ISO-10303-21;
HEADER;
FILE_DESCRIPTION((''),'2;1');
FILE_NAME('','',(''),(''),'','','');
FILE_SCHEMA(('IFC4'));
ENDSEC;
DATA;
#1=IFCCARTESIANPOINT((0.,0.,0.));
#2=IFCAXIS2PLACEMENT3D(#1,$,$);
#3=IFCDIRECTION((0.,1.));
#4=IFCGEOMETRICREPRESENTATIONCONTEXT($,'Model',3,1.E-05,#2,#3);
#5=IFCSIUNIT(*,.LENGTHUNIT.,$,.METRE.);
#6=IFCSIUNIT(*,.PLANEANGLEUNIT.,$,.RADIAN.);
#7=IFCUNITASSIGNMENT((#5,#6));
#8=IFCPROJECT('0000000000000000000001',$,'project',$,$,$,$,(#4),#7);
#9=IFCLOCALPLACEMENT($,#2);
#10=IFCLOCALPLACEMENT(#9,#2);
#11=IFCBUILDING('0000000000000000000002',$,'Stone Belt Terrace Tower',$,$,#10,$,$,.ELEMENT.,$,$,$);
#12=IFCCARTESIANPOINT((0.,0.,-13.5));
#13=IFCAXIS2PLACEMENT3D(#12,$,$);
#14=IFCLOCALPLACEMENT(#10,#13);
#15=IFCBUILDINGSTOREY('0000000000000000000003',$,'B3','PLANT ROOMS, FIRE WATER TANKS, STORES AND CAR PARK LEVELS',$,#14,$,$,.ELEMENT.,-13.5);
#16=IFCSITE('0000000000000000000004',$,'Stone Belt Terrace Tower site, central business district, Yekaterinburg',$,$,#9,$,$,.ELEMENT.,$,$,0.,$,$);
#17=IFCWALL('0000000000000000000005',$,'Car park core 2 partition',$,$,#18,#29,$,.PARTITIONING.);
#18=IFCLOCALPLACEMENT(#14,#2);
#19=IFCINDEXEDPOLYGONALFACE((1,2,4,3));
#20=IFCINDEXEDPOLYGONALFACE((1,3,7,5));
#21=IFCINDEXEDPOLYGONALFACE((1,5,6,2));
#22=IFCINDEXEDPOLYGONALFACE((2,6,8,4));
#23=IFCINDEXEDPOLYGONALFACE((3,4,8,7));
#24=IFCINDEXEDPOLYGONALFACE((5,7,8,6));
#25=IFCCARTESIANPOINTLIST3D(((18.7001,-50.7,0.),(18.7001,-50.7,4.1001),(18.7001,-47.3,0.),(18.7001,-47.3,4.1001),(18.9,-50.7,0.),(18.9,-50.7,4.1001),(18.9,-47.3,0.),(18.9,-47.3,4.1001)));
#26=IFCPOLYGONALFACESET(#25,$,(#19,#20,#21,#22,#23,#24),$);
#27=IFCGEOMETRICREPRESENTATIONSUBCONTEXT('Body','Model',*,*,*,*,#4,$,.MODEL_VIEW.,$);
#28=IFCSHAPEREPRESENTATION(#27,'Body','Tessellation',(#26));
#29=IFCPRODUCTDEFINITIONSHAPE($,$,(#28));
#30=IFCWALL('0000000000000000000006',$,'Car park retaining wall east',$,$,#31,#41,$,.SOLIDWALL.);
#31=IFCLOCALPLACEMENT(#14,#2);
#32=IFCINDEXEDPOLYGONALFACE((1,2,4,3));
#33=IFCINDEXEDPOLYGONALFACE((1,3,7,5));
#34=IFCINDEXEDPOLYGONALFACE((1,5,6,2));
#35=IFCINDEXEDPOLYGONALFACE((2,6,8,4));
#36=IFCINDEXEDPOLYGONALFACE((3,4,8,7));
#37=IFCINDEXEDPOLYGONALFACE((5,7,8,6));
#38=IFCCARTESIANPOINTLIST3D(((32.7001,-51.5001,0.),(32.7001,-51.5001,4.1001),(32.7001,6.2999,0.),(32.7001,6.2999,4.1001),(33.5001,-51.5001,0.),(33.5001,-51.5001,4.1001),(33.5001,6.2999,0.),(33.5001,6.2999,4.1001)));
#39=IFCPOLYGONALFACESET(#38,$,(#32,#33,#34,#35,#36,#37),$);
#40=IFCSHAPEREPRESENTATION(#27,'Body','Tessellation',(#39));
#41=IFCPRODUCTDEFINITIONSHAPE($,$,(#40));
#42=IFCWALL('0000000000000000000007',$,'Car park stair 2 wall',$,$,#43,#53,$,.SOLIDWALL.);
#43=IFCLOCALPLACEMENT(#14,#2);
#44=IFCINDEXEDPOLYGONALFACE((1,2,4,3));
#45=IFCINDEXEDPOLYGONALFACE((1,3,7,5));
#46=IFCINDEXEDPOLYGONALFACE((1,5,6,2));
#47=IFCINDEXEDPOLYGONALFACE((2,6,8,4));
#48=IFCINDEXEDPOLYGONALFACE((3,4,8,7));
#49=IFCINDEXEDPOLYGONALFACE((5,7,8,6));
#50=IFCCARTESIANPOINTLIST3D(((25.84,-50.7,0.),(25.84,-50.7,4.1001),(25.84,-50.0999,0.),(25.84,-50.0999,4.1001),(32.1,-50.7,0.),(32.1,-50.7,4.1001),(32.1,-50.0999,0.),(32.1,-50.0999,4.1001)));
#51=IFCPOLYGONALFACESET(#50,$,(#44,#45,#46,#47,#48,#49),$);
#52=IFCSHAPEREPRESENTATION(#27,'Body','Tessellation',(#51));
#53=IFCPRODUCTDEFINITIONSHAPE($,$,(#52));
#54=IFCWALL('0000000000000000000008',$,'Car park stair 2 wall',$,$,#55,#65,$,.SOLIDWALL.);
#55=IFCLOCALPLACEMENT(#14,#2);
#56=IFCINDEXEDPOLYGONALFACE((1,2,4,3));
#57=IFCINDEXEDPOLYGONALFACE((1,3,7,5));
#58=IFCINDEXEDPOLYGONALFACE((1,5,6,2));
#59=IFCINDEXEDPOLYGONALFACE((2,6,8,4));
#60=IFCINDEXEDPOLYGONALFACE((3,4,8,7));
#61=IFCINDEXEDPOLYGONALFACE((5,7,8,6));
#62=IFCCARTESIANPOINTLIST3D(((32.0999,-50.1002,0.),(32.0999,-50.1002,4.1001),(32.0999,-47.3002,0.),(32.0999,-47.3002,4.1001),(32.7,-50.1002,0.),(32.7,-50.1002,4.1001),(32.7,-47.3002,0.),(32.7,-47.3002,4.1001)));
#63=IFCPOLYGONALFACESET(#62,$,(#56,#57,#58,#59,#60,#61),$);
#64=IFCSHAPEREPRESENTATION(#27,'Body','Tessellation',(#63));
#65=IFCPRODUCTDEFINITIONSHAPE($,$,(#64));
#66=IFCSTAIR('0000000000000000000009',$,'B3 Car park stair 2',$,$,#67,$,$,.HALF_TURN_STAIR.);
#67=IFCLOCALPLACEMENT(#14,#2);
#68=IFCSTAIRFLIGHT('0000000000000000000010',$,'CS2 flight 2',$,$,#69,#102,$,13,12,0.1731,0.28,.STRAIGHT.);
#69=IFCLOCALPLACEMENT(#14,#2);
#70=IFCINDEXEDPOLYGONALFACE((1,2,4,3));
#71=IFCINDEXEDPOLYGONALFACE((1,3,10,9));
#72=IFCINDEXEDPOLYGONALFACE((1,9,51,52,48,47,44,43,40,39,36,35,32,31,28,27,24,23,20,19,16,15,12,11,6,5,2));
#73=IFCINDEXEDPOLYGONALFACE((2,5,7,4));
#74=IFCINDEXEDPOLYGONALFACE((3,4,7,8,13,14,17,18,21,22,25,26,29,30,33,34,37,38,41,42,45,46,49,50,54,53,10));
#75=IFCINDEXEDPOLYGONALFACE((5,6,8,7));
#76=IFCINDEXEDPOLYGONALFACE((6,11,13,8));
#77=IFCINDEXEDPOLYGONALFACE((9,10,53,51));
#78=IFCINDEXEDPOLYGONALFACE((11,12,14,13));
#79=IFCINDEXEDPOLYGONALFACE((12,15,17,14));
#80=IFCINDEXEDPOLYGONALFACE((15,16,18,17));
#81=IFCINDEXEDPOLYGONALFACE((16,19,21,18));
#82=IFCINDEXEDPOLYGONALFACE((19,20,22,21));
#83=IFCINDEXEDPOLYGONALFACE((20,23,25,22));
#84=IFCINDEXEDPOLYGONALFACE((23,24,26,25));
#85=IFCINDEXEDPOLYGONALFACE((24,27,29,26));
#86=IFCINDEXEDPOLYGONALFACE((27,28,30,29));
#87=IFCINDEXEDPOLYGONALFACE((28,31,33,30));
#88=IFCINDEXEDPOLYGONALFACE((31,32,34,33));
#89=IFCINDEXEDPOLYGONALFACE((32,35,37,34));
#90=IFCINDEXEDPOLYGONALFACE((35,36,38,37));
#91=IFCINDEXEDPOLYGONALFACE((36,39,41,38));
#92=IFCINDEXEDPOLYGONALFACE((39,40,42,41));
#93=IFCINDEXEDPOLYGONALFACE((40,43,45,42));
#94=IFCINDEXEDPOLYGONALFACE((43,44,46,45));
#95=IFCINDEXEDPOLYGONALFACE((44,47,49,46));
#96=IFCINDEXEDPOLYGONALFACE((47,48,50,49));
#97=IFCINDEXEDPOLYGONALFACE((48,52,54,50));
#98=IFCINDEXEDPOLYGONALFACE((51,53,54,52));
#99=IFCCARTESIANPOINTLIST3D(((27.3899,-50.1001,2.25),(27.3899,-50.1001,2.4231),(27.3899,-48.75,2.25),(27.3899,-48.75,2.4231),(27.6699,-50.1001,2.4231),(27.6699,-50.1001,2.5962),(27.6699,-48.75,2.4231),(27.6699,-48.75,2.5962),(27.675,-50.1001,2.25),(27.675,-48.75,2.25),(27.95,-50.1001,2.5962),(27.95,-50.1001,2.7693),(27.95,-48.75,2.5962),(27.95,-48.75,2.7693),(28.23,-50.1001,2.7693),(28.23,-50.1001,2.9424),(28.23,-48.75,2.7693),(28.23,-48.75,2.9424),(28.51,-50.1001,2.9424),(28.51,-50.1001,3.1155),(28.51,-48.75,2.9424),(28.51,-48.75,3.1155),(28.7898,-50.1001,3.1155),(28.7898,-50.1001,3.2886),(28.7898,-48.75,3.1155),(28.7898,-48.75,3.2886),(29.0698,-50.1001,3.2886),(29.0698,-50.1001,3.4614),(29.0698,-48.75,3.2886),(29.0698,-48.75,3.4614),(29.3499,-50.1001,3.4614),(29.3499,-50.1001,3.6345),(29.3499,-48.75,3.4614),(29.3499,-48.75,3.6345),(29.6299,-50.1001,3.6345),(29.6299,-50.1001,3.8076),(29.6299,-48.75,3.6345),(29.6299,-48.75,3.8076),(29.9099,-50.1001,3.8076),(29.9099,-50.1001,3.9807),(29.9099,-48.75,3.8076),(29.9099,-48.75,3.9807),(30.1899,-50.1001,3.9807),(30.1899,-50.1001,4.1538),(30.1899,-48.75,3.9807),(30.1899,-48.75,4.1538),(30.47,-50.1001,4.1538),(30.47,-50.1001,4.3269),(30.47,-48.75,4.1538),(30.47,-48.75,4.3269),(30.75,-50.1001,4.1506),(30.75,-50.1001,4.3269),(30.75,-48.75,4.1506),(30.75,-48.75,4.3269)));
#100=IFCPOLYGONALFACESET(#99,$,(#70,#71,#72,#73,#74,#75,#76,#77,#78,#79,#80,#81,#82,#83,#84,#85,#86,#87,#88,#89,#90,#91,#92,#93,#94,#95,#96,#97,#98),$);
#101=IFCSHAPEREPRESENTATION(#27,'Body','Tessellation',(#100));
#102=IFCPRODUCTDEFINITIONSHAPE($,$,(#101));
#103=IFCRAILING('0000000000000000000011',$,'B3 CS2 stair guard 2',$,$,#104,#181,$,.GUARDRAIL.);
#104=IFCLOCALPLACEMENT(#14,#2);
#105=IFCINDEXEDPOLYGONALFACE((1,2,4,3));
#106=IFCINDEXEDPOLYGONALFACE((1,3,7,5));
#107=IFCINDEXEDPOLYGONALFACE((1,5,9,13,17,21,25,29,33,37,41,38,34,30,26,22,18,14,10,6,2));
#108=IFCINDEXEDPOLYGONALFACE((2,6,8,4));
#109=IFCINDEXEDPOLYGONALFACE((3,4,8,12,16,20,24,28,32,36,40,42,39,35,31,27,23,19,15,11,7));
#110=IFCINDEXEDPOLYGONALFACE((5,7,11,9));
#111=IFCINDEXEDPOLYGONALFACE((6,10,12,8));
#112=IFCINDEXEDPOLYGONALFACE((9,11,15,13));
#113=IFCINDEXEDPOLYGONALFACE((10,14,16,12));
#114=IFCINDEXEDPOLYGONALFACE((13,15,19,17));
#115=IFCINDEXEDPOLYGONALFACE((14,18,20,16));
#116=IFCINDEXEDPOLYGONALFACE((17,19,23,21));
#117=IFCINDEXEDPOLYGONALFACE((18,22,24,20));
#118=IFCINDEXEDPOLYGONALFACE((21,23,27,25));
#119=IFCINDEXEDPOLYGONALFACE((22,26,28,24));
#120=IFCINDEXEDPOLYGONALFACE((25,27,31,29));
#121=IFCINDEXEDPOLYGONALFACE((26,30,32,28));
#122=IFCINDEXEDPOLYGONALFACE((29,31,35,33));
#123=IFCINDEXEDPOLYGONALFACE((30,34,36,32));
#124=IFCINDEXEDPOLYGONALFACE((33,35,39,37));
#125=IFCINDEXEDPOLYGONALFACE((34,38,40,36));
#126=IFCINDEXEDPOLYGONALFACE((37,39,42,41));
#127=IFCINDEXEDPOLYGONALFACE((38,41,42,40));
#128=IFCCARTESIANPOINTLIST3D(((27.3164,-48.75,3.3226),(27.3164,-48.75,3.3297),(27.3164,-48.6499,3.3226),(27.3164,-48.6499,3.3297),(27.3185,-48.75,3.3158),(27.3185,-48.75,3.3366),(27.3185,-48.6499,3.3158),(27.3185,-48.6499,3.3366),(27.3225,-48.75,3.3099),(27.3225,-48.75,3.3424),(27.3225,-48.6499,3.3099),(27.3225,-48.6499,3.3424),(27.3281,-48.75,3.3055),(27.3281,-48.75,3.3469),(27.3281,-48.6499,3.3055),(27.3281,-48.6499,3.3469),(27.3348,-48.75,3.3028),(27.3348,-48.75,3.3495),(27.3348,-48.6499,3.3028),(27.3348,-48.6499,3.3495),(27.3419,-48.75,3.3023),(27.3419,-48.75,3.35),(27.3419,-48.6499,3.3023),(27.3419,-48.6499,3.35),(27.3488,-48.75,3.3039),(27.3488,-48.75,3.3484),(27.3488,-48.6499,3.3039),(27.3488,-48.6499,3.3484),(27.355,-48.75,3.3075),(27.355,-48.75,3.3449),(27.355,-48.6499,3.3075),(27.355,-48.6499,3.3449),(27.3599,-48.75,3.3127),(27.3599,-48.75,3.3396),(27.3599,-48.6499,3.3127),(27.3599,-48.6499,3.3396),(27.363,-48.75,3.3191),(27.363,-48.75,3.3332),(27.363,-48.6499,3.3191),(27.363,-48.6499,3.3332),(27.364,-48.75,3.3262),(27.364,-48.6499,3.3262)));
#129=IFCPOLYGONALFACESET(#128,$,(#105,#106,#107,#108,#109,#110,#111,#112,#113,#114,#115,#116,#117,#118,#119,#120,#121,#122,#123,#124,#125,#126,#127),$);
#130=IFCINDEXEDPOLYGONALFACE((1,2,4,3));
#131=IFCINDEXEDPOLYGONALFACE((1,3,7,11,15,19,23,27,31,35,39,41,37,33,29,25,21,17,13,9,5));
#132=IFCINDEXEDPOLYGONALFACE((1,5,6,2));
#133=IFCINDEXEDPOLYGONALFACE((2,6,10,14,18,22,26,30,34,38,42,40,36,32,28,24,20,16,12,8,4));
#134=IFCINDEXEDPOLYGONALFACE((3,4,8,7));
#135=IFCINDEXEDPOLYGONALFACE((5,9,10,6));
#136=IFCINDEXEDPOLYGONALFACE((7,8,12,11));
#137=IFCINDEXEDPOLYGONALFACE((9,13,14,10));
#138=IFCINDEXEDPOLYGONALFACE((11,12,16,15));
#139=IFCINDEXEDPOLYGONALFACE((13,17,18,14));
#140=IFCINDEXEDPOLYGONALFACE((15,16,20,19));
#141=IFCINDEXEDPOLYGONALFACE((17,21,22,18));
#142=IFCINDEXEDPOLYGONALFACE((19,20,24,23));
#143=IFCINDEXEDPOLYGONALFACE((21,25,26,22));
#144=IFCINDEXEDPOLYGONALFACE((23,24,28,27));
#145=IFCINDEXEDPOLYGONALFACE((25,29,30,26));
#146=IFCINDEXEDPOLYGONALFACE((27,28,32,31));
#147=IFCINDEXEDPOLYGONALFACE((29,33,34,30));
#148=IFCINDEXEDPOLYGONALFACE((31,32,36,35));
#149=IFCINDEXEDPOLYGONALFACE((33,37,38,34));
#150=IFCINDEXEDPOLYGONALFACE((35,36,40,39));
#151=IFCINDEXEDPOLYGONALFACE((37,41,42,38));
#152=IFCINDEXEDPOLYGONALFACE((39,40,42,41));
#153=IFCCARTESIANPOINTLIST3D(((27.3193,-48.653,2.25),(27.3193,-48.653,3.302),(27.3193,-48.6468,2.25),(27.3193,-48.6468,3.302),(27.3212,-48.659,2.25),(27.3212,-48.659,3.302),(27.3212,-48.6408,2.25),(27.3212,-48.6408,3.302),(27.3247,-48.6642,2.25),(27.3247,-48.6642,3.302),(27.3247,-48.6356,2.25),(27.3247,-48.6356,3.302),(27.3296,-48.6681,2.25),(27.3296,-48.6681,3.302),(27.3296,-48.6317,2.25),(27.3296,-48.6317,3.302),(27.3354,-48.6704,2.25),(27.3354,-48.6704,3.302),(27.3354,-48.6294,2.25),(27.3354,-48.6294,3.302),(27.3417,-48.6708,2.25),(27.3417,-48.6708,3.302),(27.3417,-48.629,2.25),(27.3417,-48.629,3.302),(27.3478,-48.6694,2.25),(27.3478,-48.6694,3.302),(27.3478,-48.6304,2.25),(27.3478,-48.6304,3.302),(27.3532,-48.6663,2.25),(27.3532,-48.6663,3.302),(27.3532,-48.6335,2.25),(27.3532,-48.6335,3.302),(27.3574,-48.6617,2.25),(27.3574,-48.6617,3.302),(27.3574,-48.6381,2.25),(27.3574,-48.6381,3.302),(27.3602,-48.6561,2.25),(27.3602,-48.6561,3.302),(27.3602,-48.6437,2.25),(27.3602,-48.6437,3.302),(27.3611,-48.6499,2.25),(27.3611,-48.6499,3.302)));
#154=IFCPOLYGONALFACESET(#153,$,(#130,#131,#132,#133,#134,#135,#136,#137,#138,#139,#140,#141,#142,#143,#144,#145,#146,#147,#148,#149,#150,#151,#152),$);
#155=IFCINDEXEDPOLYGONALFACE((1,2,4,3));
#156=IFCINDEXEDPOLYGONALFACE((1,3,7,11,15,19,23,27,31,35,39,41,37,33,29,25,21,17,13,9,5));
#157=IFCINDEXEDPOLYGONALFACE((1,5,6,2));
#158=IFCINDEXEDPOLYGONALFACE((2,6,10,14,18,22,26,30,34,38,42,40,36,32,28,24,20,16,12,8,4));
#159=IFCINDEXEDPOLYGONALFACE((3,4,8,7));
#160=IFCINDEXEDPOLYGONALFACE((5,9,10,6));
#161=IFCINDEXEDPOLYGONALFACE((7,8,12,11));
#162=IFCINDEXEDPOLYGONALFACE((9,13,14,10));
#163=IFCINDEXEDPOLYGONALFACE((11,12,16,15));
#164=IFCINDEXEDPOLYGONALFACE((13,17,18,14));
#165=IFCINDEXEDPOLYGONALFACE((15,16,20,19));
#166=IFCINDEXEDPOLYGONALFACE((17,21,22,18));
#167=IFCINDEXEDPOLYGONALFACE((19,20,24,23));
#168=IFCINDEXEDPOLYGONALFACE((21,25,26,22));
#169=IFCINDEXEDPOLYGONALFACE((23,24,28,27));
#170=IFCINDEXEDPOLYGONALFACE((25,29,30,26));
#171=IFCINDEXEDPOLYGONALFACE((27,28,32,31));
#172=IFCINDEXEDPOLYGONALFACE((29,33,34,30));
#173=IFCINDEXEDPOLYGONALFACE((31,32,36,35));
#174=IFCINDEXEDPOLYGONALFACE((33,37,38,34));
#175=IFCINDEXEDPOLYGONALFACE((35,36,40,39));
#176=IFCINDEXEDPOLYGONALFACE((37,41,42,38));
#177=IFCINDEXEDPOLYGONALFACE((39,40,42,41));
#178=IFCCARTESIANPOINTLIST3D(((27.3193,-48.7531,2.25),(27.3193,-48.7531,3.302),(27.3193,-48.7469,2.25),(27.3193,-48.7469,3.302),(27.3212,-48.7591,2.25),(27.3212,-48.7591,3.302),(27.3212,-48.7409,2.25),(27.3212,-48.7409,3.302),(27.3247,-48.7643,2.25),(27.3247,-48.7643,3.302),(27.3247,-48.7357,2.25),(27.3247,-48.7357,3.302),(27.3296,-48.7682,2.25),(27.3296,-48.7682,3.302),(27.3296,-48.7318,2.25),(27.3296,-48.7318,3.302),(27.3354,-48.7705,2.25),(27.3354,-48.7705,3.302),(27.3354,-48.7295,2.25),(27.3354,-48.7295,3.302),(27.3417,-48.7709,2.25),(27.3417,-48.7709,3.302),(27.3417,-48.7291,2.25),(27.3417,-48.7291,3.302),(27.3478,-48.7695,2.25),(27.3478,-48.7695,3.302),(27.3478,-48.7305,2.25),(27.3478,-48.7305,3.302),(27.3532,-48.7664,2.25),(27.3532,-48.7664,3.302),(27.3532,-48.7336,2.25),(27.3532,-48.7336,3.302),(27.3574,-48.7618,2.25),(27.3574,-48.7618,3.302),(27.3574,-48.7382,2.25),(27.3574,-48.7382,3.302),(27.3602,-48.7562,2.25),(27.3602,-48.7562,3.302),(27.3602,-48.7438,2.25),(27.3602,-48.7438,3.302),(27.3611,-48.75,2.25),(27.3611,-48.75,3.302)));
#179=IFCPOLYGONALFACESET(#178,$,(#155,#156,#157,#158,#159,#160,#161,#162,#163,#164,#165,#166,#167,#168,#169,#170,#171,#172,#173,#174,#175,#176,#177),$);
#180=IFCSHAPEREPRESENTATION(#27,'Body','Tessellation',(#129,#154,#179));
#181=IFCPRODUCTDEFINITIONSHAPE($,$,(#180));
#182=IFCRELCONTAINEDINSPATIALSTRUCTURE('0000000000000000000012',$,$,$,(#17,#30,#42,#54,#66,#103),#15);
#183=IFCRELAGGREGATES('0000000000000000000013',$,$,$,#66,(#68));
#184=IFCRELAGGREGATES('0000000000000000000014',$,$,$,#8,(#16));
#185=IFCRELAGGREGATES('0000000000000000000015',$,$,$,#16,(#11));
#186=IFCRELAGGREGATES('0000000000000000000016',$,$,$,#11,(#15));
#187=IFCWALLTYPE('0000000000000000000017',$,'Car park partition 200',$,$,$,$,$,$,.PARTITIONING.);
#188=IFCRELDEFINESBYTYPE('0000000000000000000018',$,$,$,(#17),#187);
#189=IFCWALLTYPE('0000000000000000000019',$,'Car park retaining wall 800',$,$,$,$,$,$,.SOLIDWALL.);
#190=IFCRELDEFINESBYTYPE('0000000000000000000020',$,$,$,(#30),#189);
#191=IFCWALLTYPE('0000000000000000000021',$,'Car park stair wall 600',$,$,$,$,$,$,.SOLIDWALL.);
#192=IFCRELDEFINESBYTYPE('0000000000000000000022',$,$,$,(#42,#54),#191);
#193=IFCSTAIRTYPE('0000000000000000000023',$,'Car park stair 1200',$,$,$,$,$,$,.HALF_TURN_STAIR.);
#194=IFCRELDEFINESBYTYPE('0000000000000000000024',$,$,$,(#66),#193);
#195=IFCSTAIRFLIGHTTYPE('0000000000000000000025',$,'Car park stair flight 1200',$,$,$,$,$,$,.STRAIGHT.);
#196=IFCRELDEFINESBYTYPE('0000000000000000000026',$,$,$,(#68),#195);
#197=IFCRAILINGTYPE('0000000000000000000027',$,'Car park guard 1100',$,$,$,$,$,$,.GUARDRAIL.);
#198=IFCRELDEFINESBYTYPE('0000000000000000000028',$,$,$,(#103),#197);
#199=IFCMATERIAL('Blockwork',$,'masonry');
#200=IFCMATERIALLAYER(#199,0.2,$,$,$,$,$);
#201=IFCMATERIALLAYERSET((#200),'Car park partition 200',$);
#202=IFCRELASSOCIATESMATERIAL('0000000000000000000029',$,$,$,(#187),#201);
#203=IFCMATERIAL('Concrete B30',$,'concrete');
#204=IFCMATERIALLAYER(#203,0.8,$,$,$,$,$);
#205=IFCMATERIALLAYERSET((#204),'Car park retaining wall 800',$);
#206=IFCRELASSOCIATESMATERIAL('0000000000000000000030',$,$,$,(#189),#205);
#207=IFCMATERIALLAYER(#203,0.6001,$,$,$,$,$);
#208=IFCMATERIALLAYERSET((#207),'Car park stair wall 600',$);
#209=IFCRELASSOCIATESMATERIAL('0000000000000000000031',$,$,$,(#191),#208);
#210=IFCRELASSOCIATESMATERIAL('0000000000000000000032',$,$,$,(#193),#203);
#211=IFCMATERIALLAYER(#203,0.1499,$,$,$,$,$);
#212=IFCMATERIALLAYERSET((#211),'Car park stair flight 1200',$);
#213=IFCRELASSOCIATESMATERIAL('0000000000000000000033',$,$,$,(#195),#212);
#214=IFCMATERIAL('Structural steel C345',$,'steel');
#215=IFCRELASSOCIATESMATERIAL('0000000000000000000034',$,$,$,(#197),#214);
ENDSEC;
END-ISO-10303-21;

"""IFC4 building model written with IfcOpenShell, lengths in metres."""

from ifc_helpers import new_model, si_unit, direction, frame, frame_2d, origin, origin_2d, place, context, subcontext, project, spatial, polyline, rectangle, circle, outline, extrude, material, layer, layer_set, type_object, element, aggregate, save


model = new_model("IFC4")

# Units and contexts
model_context = context("Model", 3, precision=1e-05, world=origin(), true_north=direction((0.0, 1.0)))
body_context = subcontext(model_context, "Body", "Model", "MODEL_VIEW")
ifc_project = project(units=[si_unit("LENGTHUNIT", "METRE"), si_unit("PLANEANGLEUNIT", "RADIAN")], contexts=[model_context])

# Site, building, storey
site_placement = place(None, origin())
site = spatial("IfcSite", under=ifc_project, at=site_placement, Name="Stone Belt Terrace Tower site, central business district, Yekaterinburg", CompositionType="ELEMENT", RefElevation=0.0)
building_placement = place(site_placement, origin())
building = spatial("IfcBuilding", under=site, at=building_placement, Name="Stone Belt Terrace Tower", CompositionType="ELEMENT")
storey_placement = place(building_placement, frame((0.0, 0.0, -13.5)))
storey = spatial("IfcBuildingStorey", under=building, at=storey_placement, Name="B3", Description="PLANT ROOMS, FIRE WATER TANKS, STORES AND CAR PARK LEVELS", CompositionType="ELEMENT", Elevation=-13.5)

# Walls
ifc_material_1 = material(Name="Concrete B30", Category="concrete")
ifc_material_2 = material(Name="Blockwork", Category="masonry")
ifc_layer_1 = layer(ifc_material_2, 0.2)
ifc_layer_set_1 = layer_set([ifc_layer_1], Name="Car park partition 200")
wall_type_1 = type_object("IfcWallType", Name="Car park partition 200", PredefinedType="PARTITIONING", material=ifc_layer_set_1)
wall_1_placement = place(storey_placement, frame((18.8, -50.7, 0.0), z_axis=(0.0, 0.0, 1.0), x_axis=(0.0, 1.0, 0.0)))
element("IfcWall", 1, at=wall_1_placement, inside=storey, type_object=wall_type_1, Name="Car park core 2 partition", PredefinedType="PARTITIONING", context=body_context, shape_type="SweptSolid", body=[
    extrude(rectangle(XDim=3.3999, YDim=0.2, at=frame_2d((1.7, 0.0))), origin(), (0.0, 0.0, 1.0), 4.1001),
])
ifc_layer_2 = layer(ifc_material_1, 0.8)
ifc_layer_set_2 = layer_set([ifc_layer_2], Name="Car park retaining wall 800")
wall_type_2 = type_object("IfcWallType", Name="Car park retaining wall 800", PredefinedType="SOLIDWALL", material=ifc_layer_set_2)
wall_2_placement = place(storey_placement, frame((33.1001, -51.5, 0.0), z_axis=(0.0, 0.0, 1.0), x_axis=(0.0, 1.0, 0.0)))
element("IfcWall", 2, at=wall_2_placement, inside=storey, type_object=wall_type_2, Name="Car park retaining wall east", PredefinedType="SOLIDWALL", context=body_context, shape_type="SweptSolid", body=[
    extrude(rectangle(XDim=57.8, YDim=0.8, at=frame_2d((28.8999, 0.0))), origin(), (0.0, 0.0, 1.0), 4.1001),
])
ifc_layer_3 = layer(ifc_material_1, 0.6001)
ifc_layer_set_3 = layer_set([ifc_layer_3], Name="Car park stair wall 600")
wall_type_3 = type_object("IfcWallType", Name="Car park stair wall 600", PredefinedType="SOLIDWALL", material=ifc_layer_set_3)
wall_3_placement = place(storey_placement, frame((25.8401, -50.3999, 0.0), z_axis=(0.0, 0.0, 1.0), x_axis=(1.0, 0.0, 0.0)))
element("IfcWall", 3, at=wall_3_placement, inside=storey, type_object=wall_type_3, Name="Car park stair 2 wall", PredefinedType="SOLIDWALL", context=body_context, shape_type="SweptSolid", body=[
    extrude(rectangle(XDim=6.26, YDim=0.6001, at=frame_2d((3.1299, 0.0))), origin(), (0.0, 0.0, 1.0), 4.1001),
])
wall_4_placement = place(storey_placement, frame((32.3999, -50.1001, 0.0), z_axis=(0.0, 0.0, 1.0), x_axis=(0.0, 1.0, 0.0)))
element("IfcWall", 4, at=wall_4_placement, inside=storey, type_object=wall_type_3, Name="Car park stair 2 wall", PredefinedType="SOLIDWALL", context=body_context, shape_type="SweptSolid", body=[
    extrude(rectangle(XDim=2.8, YDim=0.6001, at=frame_2d((1.3999, 0.0))), origin(), (0.0, 0.0, 1.0), 4.1001),
])

# Stair, stair flight
stair_type = type_object("IfcStairType", Name="Car park stair 1200", PredefinedType="HALF_TURN_STAIR", material=ifc_material_1)
stair_placement = place(storey_placement, origin())
stair = element("IfcStair", 5, at=stair_placement, inside=storey, type_object=stair_type, Name="B3 Car park stair 2", PredefinedType="HALF_TURN_STAIR")
ifc_layer_4 = layer(ifc_material_1, 0.1499)
ifc_layer_set_4 = layer_set([ifc_layer_4], Name="Car park stair flight 1200")
stair_flight_type = type_object("IfcStairFlightType", Name="Car park stair flight 1200", PredefinedType="STRAIGHT", material=ifc_layer_set_4)
stair_flight_placement = place(storey_placement, frame((27.3899, -49.425, 2.25), z_axis=(0.0, 0.0, 1.0), x_axis=(1.0, 0.0, 0.0)))
stair_flight = element("IfcStairFlight", 6, at=stair_flight_placement, type_object=stair_flight_type, Name="CS2 flight 2", NumberOfRisers=13, NumberOfTreads=12, PredefinedType="STRAIGHT", RiserHeight=0.1731, TreadLength=0.28, context=body_context, shape_type="SweptSolid", body=[
    extrude(outline(polyline([(0.0, 0.0), (0.0, 0.1731), (0.28, 0.1731), (0.28, 0.3462), (0.5601, 0.3462), (0.5601, 0.5193), (0.8401, 0.5193), (0.8401, 0.6924), (1.1201, 0.6924), (1.1201, 0.8655), (1.3999, 0.8655), (1.3999, 1.0386), (1.6799, 1.0386), (1.6799, 1.2114), (1.96, 1.2114), (1.96, 1.3845), (2.24, 1.3845), (2.24, 1.5576), (2.52, 1.5576), (2.52, 1.7307), (2.8, 1.7307), (2.8, 1.9038), (3.0801, 1.9038), (3.0801, 2.0769), (3.3601, 2.0769), (3.3601, 2.25), (3.3601, 1.9006), (0.2852, 0.0), (0.0, 0.0)])), frame((0.0, 0.675, 0.0), z_axis=(0.0, -1.0, 0.0), x_axis=(1.0, 0.0, 0.0)), (0.0, 0.0, 1.0), 1.3501),
])
aggregate(stair, [stair_flight])

# Railing
ifc_material_3 = material(Name="Structural steel C345", Category="steel")
railing_type_1 = type_object("IfcRailingType", Name="Car park guard 1100", PredefinedType="GUARDRAIL", material=ifc_material_3)
railing_1_placement = place(storey_placement, frame((27.3401, -48.6499, 2.25)))
element("IfcRailing", 7, at=railing_1_placement, inside=storey, type_object=railing_type_1, Name="B3 CS2 stair guard 2", PredefinedType="GUARDRAIL", context=body_context, shape_type="SweptSolid", body=[
    extrude(circle(Radius=0.0239, at=origin_2d()), frame((0.0, 0.0, 1.0762), z_axis=(0.0, -1.0, 0.0), x_axis=(1.0, 0.0, 0.0)), (0.0, 0.0, 1.0), 0.1001),
    extrude(circle(Radius=0.021, at=origin_2d()), origin(), (0.0, 0.0, 1.0), 1.052),
    extrude(circle(Radius=0.021, at=origin_2d()), frame((0.0, -0.1001, 0.0)), (0.0, 0.0, 1.0), 1.052),
])

save(model, "model.ifc")
